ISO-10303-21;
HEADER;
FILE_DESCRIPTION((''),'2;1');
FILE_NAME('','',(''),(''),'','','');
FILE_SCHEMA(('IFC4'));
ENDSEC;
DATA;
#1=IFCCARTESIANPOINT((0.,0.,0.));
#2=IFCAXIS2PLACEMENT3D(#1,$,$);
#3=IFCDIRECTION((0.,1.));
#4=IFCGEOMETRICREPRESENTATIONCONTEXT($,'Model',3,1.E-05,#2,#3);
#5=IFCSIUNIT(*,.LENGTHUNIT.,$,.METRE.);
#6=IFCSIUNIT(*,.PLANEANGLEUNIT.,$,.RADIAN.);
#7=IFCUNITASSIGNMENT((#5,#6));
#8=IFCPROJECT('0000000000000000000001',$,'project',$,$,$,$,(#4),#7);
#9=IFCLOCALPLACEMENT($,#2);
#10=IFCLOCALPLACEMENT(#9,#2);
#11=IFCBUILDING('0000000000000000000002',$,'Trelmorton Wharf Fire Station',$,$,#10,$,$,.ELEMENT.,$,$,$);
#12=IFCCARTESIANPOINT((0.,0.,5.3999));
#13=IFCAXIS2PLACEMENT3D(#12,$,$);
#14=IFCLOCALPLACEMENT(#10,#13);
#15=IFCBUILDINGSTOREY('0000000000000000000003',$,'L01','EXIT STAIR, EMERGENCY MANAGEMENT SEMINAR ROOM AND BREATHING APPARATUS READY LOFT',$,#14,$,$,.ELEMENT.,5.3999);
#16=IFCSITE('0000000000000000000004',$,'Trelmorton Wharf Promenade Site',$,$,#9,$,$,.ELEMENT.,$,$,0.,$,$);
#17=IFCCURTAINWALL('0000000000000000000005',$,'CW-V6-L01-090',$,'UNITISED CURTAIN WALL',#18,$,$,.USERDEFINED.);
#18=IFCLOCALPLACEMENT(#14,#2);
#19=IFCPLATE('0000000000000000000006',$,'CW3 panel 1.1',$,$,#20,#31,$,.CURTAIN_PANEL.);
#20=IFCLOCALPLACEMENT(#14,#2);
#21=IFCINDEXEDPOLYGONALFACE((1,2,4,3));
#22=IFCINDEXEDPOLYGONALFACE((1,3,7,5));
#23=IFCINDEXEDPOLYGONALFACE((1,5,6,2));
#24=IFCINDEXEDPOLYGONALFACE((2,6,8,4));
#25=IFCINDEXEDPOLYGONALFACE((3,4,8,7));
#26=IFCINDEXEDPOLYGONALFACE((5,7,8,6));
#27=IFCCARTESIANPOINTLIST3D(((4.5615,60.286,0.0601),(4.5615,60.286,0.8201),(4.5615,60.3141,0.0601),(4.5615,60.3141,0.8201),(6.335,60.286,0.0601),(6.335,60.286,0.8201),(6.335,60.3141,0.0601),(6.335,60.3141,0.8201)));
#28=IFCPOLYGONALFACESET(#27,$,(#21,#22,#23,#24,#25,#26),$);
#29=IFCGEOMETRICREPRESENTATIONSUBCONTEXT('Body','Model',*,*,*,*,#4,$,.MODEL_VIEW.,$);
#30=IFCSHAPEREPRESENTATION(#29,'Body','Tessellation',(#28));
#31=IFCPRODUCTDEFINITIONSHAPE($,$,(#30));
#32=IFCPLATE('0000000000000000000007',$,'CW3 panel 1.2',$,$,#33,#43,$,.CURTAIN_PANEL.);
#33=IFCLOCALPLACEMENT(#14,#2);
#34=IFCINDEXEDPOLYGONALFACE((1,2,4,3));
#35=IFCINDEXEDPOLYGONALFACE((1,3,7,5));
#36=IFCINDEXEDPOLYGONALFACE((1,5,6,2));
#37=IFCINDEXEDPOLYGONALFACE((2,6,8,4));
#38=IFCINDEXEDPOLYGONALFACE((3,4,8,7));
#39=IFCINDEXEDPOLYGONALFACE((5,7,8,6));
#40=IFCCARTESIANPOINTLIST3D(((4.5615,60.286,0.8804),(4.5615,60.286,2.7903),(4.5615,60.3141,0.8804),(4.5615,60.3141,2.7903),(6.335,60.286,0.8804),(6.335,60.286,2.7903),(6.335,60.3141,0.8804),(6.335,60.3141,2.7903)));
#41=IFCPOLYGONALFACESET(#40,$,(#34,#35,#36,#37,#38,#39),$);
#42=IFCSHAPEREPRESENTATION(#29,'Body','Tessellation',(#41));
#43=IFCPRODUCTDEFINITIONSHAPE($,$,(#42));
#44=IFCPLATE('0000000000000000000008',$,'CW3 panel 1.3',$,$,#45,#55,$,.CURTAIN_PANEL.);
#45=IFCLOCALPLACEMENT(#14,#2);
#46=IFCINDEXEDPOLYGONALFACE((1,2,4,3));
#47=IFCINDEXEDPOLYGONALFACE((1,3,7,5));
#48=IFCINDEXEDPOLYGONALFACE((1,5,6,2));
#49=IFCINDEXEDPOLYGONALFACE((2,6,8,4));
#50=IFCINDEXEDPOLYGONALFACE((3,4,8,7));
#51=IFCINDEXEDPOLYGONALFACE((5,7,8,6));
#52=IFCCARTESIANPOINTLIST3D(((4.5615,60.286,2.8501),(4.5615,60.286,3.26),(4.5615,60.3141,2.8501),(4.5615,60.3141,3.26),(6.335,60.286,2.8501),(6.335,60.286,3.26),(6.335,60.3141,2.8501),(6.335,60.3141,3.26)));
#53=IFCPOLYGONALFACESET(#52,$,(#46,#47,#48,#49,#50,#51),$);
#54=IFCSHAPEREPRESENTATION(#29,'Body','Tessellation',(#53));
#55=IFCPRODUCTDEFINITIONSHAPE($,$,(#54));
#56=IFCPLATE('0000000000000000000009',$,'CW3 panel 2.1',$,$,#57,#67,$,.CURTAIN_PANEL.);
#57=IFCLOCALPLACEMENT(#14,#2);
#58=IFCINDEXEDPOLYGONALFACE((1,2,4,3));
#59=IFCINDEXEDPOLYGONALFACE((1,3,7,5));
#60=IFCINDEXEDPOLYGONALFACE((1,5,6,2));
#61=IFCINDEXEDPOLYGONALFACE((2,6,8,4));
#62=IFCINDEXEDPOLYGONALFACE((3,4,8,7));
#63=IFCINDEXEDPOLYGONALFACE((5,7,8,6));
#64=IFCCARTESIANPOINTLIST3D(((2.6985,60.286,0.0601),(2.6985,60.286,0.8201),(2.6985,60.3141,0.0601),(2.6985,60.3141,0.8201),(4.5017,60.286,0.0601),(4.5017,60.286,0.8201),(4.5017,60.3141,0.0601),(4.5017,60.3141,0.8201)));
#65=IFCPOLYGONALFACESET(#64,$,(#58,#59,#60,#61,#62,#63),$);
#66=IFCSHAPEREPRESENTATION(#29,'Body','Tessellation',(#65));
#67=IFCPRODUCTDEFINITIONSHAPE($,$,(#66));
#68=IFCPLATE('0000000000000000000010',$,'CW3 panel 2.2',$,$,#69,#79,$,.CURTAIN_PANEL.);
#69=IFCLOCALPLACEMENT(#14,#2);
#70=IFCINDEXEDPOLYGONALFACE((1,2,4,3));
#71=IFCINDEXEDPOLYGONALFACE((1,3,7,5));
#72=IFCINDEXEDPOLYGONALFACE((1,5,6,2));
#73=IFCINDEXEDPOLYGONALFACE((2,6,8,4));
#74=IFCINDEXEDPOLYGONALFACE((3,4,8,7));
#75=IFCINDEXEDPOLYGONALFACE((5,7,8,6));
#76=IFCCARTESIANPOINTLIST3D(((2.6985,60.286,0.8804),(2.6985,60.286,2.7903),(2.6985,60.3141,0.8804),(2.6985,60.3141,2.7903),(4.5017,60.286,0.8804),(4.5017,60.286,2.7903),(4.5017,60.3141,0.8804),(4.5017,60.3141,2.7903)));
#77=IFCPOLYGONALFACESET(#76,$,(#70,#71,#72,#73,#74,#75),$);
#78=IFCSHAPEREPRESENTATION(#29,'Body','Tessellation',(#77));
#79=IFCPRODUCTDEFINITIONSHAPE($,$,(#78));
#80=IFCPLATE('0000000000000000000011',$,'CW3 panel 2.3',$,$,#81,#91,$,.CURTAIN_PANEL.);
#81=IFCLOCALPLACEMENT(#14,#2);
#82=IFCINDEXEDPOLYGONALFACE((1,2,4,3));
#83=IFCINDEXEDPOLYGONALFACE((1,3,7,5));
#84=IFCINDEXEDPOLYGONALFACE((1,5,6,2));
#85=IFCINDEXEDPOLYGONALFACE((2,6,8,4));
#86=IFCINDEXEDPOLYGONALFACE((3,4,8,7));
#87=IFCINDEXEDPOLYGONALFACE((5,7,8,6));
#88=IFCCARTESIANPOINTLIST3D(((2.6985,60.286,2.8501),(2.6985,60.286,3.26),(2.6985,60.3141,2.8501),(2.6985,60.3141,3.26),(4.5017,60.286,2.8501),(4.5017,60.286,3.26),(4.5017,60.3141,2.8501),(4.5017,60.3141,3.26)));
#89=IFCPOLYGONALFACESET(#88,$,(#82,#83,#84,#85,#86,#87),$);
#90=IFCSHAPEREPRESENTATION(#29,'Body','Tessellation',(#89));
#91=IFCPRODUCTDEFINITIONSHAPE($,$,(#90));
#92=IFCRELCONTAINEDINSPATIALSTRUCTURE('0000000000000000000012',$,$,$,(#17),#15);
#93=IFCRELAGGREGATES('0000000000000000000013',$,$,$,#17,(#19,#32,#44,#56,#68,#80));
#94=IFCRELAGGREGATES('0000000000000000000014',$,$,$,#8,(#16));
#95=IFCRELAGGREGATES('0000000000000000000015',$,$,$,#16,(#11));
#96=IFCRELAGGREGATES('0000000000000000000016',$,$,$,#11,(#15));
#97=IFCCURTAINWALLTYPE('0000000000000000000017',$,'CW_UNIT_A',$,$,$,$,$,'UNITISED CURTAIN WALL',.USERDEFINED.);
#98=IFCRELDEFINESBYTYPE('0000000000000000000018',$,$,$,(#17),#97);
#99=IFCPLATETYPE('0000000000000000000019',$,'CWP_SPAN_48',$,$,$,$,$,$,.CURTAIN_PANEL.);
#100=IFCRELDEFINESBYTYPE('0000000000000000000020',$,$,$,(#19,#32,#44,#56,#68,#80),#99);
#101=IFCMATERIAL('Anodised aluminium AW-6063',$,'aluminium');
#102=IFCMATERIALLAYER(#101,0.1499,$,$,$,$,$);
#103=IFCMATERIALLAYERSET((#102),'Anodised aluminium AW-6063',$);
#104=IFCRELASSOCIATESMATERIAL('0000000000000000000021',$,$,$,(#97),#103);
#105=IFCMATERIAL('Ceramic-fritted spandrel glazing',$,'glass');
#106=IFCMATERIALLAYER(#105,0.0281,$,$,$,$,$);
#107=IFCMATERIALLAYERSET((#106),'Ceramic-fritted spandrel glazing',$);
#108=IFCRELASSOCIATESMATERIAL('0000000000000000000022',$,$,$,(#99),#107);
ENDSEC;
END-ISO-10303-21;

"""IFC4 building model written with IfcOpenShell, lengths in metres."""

from ifc_helpers import new_model, si_unit, direction, frame, origin, origin_2d, place, context, subcontext, project, spatial, rectangle, extrude, material, layer, layer_set, type_object, element, aggregate, save


model = new_model("IFC4")

# Units and contexts
model_context = context("Model", 3, precision=1e-05, world=origin(), true_north=direction((0.0, 1.0)))
body_context = subcontext(model_context, "Body", "Model", "MODEL_VIEW")
ifc_project = project(units=[si_unit("LENGTHUNIT", "METRE"), si_unit("PLANEANGLEUNIT", "RADIAN")], contexts=[model_context])

# Site, building, storey
site_placement = place(None, origin())
site = spatial("IfcSite", under=ifc_project, at=site_placement, Name="Trelmorton Wharf Promenade Site", CompositionType="ELEMENT", RefElevation=0.0)
building_placement = place(site_placement, origin())
building = spatial("IfcBuilding", under=site, at=building_placement, Name="Trelmorton Wharf Fire Station", CompositionType="ELEMENT")
storey_placement = place(building_placement, frame((0.0, 0.0, 5.3999)))
storey = spatial("IfcBuildingStorey", under=building, at=storey_placement, Name="L01", Description="EXIT STAIR, EMERGENCY MANAGEMENT SEMINAR ROOM AND BREATHING APPARATUS READY LOFT", CompositionType="ELEMENT", Elevation=5.3999)

# Shared definitions
ifc_material_1 = material(Name="Anodised aluminium AW-6063", Category="aluminium")
ifc_layer_1 = layer(ifc_material_1, 0.1499)
ifc_layer_set_1 = layer_set([ifc_layer_1], Name="Anodised aluminium AW-6063")
curtain_wall_type = type_object("IfcCurtainWallType", Name="CW_UNIT_A", ElementType="UNITISED CURTAIN WALL", PredefinedType="USERDEFINED", material=ifc_layer_set_1)

# Curtain wall
curtain_wall_1_placement = place(storey_placement, origin())
curtain_wall_1 = element("IfcCurtainWall", 1, at=curtain_wall_1_placement, inside=storey, type_object=curtain_wall_type, Name="CW-V6-L01-090", ObjectType="UNITISED CURTAIN WALL", PredefinedType="USERDEFINED")

# Plates
ifc_material_2 = material(Name="Ceramic-fritted spandrel glazing", Category="glass")
ifc_layer_2 = layer(ifc_material_2, 0.0281)
ifc_layer_set_2 = layer_set([ifc_layer_2], Name="Ceramic-fritted spandrel glazing")
plate_type_1 = type_object("IfcPlateType", Name="CWP_SPAN_48", PredefinedType="CURTAIN_PANEL", material=ifc_layer_set_2)
plate_1_placement = place(storey_placement, frame((5.4482, 60.3, 0.0601), z_axis=(0.0, 0.0, 1.0), x_axis=(-1.0, 0.0, 0.0)))
plate_1 = element("IfcPlate", 2, at=plate_1_placement, type_object=plate_type_1, Name="CW3 panel 1.1", PredefinedType="CURTAIN_PANEL", context=body_context, shape_type="SweptSolid", body=[
    extrude(rectangle(XDim=1.7734, YDim=0.0281, at=origin_2d()), origin(), (0.0, 0.0, 1.0), 0.76),
])
plate_2_placement = place(storey_placement, frame((5.4482, 60.3, 0.8804), z_axis=(0.0, 0.0, 1.0), x_axis=(-1.0, 0.0, 0.0)))
plate_2 = element("IfcPlate", 3, at=plate_2_placement, type_object=plate_type_1, Name="CW3 panel 1.2", PredefinedType="CURTAIN_PANEL", context=body_context, shape_type="SweptSolid", body=[
    extrude(rectangle(XDim=1.7734, YDim=0.0281, at=origin_2d()), origin(), (0.0, 0.0, 1.0), 1.9099),
])
plate_3_placement = place(storey_placement, frame((5.4482, 60.3, 2.8501), z_axis=(0.0, 0.0, 1.0), x_axis=(-1.0, 0.0, 0.0)))
plate_3 = element("IfcPlate", 4, at=plate_3_placement, type_object=plate_type_1, Name="CW3 panel 1.3", PredefinedType="CURTAIN_PANEL", context=body_context, shape_type="SweptSolid", body=[
    extrude(rectangle(XDim=1.7734, YDim=0.0281, at=origin_2d()), origin(), (0.0, 0.0, 1.0), 0.4099),
])
plate_4_placement = place(storey_placement, frame((3.6001, 60.3, 0.0601), z_axis=(0.0, 0.0, 1.0), x_axis=(-1.0, 0.0, 0.0)))
plate_4 = element("IfcPlate", 5, at=plate_4_placement, type_object=plate_type_1, Name="CW3 panel 2.1", PredefinedType="CURTAIN_PANEL", context=body_context, shape_type="SweptSolid", body=[
    extrude(rectangle(XDim=1.8032, YDim=0.0281, at=origin_2d()), origin(), (0.0, 0.0, 1.0), 0.76),
])
plate_5_placement = place(storey_placement, frame((3.6001, 60.3, 0.8804), z_axis=(0.0, 0.0, 1.0), x_axis=(-1.0, 0.0, 0.0)))
plate_5 = element("IfcPlate", 6, at=plate_5_placement, type_object=plate_type_1, Name="CW3 panel 2.2", PredefinedType="CURTAIN_PANEL", context=body_context, shape_type="SweptSolid", body=[
    extrude(rectangle(XDim=1.8032, YDim=0.0281, at=origin_2d()), origin(), (0.0, 0.0, 1.0), 1.9099),
])
plate_6_placement = place(storey_placement, frame((3.6001, 60.3, 2.8501), z_axis=(0.0, 0.0, 1.0), x_axis=(-1.0, 0.0, 0.0)))
plate_6 = element("IfcPlate", 7, at=plate_6_placement, type_object=plate_type_1, Name="CW3 panel 2.3", PredefinedType="CURTAIN_PANEL", context=body_context, shape_type="SweptSolid", body=[
    extrude(rectangle(XDim=1.8032, YDim=0.0281, at=origin_2d()), origin(), (0.0, 0.0, 1.0), 0.4099),
])
aggregate(curtain_wall_1, [plate_1, plate_2, plate_3, plate_4, plate_5, plate_6])

save(model, "model.ifc")
